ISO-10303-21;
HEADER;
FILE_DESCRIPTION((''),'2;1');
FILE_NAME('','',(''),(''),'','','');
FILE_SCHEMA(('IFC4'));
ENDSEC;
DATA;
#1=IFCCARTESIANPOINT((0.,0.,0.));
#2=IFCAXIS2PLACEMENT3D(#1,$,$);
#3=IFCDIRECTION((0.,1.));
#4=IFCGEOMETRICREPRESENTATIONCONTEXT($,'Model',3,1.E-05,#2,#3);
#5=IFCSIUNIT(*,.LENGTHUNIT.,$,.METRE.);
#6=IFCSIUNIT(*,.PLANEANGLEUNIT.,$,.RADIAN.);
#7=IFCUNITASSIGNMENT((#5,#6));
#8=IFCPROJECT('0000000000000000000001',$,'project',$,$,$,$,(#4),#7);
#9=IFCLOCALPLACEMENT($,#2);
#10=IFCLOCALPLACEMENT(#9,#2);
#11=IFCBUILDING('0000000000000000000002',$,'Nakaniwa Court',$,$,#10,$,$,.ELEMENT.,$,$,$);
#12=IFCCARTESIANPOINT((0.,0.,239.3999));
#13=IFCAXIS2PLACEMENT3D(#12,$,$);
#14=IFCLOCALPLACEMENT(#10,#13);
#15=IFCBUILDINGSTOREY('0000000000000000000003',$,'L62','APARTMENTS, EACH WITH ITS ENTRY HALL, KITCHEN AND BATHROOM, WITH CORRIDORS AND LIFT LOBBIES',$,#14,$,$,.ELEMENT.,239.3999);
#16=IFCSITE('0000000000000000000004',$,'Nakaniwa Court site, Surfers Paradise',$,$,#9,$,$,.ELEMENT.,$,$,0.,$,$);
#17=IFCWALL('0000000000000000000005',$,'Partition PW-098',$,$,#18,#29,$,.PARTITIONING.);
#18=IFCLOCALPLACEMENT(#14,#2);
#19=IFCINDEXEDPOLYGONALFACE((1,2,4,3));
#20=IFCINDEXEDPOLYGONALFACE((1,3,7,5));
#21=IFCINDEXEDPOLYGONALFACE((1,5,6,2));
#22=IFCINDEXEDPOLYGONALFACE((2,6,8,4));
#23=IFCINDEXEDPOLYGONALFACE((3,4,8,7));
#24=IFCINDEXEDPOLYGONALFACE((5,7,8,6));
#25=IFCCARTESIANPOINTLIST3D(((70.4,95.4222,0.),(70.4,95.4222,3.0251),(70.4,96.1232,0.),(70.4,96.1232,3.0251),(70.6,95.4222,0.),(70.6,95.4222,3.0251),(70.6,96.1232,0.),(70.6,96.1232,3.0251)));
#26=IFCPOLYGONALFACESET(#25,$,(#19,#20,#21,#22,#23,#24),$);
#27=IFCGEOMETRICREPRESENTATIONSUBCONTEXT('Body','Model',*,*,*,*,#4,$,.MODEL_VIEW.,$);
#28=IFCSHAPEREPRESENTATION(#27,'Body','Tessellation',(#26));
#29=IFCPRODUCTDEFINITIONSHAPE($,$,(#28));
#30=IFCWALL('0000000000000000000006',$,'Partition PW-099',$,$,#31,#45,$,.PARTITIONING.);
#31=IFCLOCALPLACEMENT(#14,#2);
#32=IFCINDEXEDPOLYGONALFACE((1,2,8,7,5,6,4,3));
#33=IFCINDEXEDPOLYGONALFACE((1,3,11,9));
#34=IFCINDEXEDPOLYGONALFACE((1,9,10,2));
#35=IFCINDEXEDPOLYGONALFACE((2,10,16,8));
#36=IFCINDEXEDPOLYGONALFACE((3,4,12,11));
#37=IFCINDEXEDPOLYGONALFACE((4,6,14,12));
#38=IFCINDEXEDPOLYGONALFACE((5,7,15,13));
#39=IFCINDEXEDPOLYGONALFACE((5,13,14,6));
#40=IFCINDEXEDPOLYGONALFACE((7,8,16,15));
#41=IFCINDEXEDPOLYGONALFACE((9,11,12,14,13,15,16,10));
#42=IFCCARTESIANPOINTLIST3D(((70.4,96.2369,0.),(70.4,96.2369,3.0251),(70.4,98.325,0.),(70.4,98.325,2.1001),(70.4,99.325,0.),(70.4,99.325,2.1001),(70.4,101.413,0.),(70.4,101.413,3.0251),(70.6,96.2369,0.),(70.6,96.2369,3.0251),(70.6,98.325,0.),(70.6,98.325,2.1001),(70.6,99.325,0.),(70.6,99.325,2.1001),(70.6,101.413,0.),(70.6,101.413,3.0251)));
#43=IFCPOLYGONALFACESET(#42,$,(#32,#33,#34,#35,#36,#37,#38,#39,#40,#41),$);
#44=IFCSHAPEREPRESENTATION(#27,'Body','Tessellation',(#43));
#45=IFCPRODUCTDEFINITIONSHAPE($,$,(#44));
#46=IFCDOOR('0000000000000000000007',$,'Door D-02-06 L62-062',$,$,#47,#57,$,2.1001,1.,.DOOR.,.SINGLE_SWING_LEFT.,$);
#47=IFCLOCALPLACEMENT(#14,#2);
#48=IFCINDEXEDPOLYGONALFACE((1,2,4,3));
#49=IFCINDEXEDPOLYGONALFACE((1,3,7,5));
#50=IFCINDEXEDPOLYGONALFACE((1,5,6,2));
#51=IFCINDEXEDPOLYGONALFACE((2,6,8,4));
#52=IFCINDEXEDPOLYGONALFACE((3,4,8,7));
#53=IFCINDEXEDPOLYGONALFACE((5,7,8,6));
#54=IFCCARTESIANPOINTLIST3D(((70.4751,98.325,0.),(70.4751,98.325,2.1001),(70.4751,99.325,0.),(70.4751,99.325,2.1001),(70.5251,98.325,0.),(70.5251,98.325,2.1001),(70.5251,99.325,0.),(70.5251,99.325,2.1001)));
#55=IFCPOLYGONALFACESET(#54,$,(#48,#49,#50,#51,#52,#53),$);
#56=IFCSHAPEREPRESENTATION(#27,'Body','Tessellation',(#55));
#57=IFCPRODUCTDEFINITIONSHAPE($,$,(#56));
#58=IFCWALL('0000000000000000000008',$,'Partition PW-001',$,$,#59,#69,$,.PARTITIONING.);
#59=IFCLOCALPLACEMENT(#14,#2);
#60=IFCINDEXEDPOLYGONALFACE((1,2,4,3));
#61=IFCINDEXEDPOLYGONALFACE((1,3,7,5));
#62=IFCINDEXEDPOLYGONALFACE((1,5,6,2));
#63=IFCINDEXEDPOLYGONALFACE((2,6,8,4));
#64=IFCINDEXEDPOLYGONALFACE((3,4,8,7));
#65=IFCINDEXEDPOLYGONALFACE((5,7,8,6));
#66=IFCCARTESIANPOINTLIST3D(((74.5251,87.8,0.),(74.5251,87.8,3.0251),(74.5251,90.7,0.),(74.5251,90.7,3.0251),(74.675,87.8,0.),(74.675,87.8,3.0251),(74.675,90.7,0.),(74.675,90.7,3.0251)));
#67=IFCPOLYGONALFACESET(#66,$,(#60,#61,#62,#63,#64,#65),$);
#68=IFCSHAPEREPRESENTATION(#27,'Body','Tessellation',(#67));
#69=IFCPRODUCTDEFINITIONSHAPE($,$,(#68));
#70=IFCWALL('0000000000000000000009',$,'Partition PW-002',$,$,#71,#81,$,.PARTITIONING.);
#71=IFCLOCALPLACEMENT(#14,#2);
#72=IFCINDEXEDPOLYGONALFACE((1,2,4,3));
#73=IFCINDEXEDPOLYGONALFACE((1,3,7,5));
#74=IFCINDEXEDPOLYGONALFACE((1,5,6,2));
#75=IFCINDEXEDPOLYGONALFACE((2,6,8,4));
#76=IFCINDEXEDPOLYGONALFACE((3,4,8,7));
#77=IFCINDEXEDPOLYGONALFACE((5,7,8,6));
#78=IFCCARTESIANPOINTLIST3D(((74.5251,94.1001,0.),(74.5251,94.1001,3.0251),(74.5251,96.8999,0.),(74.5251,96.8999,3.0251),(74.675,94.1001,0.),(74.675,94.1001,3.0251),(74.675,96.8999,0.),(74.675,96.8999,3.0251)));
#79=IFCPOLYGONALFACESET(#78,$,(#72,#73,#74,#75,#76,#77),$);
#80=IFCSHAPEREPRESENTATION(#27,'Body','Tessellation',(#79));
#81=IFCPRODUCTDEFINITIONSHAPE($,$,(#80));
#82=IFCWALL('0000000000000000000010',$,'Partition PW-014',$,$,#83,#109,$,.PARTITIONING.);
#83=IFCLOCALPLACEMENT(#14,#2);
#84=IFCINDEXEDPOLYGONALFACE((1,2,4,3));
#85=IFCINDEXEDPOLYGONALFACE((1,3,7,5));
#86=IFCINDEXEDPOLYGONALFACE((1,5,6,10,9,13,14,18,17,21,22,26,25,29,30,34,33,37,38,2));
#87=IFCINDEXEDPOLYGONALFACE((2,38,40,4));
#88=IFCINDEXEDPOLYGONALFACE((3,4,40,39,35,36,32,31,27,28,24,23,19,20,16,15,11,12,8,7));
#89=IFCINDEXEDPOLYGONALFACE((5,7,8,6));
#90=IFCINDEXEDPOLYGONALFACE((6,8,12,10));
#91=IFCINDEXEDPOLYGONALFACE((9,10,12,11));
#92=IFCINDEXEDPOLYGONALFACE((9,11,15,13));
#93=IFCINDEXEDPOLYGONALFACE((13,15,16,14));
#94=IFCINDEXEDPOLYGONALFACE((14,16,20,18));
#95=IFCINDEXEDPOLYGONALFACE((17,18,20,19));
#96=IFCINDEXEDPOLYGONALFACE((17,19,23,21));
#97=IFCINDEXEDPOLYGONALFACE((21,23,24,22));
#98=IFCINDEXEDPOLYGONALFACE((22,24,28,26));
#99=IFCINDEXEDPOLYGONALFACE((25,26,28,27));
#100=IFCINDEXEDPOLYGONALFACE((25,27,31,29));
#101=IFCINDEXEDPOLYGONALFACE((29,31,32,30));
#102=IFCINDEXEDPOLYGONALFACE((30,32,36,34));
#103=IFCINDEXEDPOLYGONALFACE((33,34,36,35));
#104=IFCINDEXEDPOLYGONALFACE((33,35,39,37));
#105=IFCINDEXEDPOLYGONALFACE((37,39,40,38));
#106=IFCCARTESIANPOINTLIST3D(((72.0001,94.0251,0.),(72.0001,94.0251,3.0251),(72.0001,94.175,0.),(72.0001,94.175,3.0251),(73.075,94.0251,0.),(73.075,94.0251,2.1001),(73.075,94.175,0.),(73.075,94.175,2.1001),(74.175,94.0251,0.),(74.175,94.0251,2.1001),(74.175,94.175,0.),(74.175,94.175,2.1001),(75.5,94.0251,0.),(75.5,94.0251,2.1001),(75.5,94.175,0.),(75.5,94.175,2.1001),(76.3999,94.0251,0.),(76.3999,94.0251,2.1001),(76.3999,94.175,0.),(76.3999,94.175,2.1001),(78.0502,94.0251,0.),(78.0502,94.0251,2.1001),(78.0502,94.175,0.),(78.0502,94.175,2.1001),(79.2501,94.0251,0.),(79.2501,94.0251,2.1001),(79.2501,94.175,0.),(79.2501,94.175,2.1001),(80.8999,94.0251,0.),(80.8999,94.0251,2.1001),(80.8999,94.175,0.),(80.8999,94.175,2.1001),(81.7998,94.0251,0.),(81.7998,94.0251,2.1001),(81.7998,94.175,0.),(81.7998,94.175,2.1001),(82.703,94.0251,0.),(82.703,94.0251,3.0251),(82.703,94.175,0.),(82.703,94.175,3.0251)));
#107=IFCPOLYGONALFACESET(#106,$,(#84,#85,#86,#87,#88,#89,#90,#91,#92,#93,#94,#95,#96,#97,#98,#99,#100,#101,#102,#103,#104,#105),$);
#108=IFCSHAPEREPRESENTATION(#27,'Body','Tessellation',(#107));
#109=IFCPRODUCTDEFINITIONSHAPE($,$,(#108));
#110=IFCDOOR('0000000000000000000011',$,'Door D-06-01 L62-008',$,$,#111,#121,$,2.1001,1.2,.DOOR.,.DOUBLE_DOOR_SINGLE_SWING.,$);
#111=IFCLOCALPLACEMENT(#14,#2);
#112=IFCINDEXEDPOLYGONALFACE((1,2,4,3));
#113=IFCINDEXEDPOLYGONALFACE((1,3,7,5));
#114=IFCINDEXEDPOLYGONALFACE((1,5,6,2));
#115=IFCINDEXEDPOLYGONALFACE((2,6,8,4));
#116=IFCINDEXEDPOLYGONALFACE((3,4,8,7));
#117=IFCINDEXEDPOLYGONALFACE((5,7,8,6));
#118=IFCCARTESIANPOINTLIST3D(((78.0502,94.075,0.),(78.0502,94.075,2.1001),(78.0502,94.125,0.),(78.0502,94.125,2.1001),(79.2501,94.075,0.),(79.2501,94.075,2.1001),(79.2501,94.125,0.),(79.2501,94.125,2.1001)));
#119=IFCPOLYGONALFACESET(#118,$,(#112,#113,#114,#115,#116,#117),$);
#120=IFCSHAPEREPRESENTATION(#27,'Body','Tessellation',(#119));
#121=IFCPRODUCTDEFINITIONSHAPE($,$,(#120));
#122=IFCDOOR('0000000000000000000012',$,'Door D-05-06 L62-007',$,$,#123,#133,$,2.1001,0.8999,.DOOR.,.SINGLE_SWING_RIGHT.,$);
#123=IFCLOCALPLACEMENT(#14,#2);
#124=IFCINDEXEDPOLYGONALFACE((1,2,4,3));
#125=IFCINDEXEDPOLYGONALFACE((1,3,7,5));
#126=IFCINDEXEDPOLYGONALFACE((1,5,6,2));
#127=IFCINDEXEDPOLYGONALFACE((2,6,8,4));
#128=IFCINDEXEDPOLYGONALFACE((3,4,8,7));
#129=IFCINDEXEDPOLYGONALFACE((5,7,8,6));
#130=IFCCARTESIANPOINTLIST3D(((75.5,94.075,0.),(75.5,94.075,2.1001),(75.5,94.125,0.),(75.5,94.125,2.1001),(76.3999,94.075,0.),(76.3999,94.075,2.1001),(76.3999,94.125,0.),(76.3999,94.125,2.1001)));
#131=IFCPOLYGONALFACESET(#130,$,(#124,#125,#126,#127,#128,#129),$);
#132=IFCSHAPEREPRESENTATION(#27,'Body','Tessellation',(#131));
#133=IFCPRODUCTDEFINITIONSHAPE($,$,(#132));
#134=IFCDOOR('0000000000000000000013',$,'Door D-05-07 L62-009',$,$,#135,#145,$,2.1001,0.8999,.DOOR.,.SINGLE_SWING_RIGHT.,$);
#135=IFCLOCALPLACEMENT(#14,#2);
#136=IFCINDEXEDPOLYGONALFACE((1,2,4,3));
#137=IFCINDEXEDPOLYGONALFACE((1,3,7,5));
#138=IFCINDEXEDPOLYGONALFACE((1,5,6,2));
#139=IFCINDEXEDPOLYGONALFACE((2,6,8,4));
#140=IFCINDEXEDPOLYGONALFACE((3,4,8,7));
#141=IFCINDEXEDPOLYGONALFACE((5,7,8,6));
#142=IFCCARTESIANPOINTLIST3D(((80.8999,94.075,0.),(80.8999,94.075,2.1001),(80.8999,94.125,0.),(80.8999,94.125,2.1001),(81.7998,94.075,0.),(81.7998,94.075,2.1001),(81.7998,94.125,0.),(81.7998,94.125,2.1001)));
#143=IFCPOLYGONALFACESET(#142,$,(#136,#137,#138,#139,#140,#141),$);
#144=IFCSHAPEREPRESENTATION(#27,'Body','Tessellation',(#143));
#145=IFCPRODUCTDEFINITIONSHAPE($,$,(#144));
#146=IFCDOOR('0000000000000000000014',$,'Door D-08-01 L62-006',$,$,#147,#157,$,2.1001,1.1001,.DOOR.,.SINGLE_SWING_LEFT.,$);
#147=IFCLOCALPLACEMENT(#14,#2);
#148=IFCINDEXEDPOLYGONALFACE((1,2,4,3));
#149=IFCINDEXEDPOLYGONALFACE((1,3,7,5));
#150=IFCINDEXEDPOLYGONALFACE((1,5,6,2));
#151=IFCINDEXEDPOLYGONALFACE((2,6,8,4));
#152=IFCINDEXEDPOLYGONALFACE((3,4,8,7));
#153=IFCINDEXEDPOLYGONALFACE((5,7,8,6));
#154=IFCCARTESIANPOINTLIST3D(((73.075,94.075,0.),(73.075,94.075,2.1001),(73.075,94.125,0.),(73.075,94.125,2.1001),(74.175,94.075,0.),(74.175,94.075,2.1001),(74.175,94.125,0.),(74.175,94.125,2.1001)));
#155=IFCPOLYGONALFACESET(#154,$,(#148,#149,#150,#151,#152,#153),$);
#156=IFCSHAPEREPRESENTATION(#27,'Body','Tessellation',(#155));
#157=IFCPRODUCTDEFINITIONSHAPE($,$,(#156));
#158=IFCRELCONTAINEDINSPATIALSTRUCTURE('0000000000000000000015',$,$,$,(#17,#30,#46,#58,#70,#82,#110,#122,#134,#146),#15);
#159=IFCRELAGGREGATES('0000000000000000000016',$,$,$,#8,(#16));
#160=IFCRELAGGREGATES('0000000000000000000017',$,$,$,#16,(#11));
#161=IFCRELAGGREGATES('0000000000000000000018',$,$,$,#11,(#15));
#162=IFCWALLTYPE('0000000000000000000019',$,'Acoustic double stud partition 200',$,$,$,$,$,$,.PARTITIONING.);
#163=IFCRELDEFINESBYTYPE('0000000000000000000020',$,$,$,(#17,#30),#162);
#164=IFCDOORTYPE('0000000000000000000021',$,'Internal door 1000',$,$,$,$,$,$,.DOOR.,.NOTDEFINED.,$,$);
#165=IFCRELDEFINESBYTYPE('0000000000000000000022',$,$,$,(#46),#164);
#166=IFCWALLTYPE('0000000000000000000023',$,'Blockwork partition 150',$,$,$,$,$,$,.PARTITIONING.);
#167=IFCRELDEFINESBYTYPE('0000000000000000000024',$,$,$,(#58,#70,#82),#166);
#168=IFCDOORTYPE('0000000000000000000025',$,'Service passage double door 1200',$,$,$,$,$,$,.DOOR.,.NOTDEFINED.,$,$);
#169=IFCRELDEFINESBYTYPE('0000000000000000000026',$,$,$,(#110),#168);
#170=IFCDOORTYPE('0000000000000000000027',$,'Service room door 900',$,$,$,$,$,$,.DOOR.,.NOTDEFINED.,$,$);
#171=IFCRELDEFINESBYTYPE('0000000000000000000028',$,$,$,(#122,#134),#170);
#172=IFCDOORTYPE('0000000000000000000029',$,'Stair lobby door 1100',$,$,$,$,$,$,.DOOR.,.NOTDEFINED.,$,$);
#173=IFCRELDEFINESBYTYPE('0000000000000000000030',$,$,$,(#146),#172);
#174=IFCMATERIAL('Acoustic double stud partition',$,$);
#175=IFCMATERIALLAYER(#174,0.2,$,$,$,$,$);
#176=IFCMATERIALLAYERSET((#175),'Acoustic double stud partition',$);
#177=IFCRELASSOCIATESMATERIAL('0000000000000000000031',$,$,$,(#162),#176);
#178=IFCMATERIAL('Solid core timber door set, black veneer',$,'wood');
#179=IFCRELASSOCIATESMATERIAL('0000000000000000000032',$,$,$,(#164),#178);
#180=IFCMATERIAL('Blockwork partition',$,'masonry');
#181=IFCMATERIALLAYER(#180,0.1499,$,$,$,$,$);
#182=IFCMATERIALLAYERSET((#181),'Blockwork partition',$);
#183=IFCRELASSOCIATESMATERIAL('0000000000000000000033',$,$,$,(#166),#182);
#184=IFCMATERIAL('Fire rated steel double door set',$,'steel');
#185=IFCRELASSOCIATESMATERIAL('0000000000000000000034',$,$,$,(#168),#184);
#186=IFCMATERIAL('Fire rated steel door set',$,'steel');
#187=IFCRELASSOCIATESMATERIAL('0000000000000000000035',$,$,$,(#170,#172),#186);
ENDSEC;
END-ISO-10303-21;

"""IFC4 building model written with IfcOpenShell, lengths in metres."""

from ifc_helpers import new_model, si_unit, direction, frame, frame_2d, origin, place, context, subcontext, project, spatial, rectangle, extrude, material, layer, layer_set, type_object, element, fill, save


model = new_model("IFC4")

# Units and contexts
model_context = context("Model", 3, precision=1e-05, world=origin(), true_north=direction((0.0, 1.0)))
body_context = subcontext(model_context, "Body", "Model", "MODEL_VIEW")
ifc_project = project(units=[si_unit("LENGTHUNIT", "METRE"), si_unit("PLANEANGLEUNIT", "RADIAN")], contexts=[model_context])

# Site, building, storey
site_placement = place(None, origin())
site = spatial("IfcSite", under=ifc_project, at=site_placement, Name="Nakaniwa Court site, Surfers Paradise", CompositionType="ELEMENT", RefElevation=0.0)
building_placement = place(site_placement, origin())
building = spatial("IfcBuilding", under=site, at=building_placement, Name="Nakaniwa Court", CompositionType="ELEMENT")
storey_placement = place(building_placement, frame((0.0, 0.0, 239.3999)))
storey = spatial("IfcBuildingStorey", under=building, at=storey_placement, Name="L62", Description="APARTMENTS, EACH WITH ITS ENTRY HALL, KITCHEN AND BATHROOM, WITH CORRIDORS AND LIFT LOBBIES", CompositionType="ELEMENT", Elevation=239.3999)

# Shared definitions
ifc_material_1 = material(Name="Acoustic double stud partition")
ifc_layer_1 = layer(ifc_material_1, 0.2)
ifc_layer_set_1 = layer_set([ifc_layer_1], Name="Acoustic double stud partition")
wall_type_1 = type_object("IfcWallType", Name="Acoustic double stud partition 200", PredefinedType="PARTITIONING", material=ifc_layer_set_1)
ifc_material_2 = material(Name="Solid core timber door set, black veneer", Category="wood")

# Wall
wall_1_placement = place(storey_placement, frame((70.5, 95.4221, 0.0), z_axis=(0.0, 0.0, 1.0), x_axis=(0.0, 1.0, 0.0)))
element("IfcWall", 1, at=wall_1_placement, inside=storey, type_object=wall_type_1, Name="Partition PW-098", PredefinedType="PARTITIONING", context=body_context, shape_type="SweptSolid", body=[
    extrude(rectangle(XDim=0.7009, YDim=0.2, at=frame_2d((0.3506, 0.0))), origin(), (0.0, 0.0, 1.0), 3.0251),
])

# Wall, opening, door
wall_2_placement = place(storey_placement, frame((70.5, 96.2371, 0.0), z_axis=(0.0, 0.0, 1.0), x_axis=(0.0, 1.0, 0.0)))
wall_2 = element("IfcWall", 2, at=wall_2_placement, inside=storey, type_object=wall_type_1, Name="Partition PW-099", PredefinedType="PARTITIONING", context=body_context, shape_type="SweptSolid", body=[
    extrude(rectangle(XDim=5.176, YDim=0.2, at=frame_2d((2.5879, 0.0))), origin(), (0.0, 0.0, 1.0), 3.0251),
])
opening_1_placement = place(wall_2_placement, frame((2.0879, 0.0, 0.0)))
opening_1 = element("IfcOpeningElement", 3, at=opening_1_placement, cuts=wall_2, PredefinedType="OPENING", context=body_context, shape_type="SweptSolid", body=[
    extrude(rectangle(XDim=1.0, YDim=2.1001, at=frame_2d((0.5, 1.05))), frame((0.0, 0.1099, 0.0), z_axis=(0.0, -1.0, 0.0), x_axis=(1.0, 0.0, 0.0)), (0.0, 0.0, 1.0), 0.22),
])
door_type_1 = type_object("IfcDoorType", Name="Internal door 1000", OperationType="NOTDEFINED", PredefinedType="DOOR", material=ifc_material_2)
door_1_placement = place(opening_1_placement, origin())
door_1 = element("IfcDoor", 4, at=door_1_placement, inside=storey, type_object=door_type_1, Name="Door D-02-06 L62-062", OperationType="SINGLE_SWING_LEFT", OverallHeight=2.1001, OverallWidth=1.0, PredefinedType="DOOR", context=body_context, shape_type="SweptSolid", body=[
    extrude(rectangle(XDim=1.0, YDim=2.1001, at=frame_2d((0.5, 1.05))), frame((0.0, 0.0249, 0.0), z_axis=(0.0, -1.0, 0.0), x_axis=(1.0, 0.0, 0.0)), (0.0, 0.0, 1.0), 0.05),
])
fill(opening_1, door_1)

# Walls
ifc_material_3 = material(Name="Blockwork partition", Category="masonry")
ifc_layer_2 = layer(ifc_material_3, 0.1499)
ifc_layer_set_2 = layer_set([ifc_layer_2], Name="Blockwork partition")
wall_type_2 = type_object("IfcWallType", Name="Blockwork partition 150", PredefinedType="PARTITIONING", material=ifc_layer_set_2)
wall_3_placement = place(storey_placement, frame((74.6001, 87.8, 0.0), z_axis=(0.0, 0.0, 1.0), x_axis=(0.0, 1.0, 0.0)))
element("IfcWall", 5, at=wall_3_placement, inside=storey, type_object=wall_type_2, Name="Partition PW-001", PredefinedType="PARTITIONING", context=body_context, shape_type="SweptSolid", body=[
    extrude(rectangle(XDim=2.8999, YDim=0.1499, at=frame_2d((1.45, 0.0))), origin(), (0.0, 0.0, 1.0), 3.0251),
])
wall_4_placement = place(storey_placement, frame((74.6001, 94.1001, 0.0), z_axis=(0.0, 0.0, 1.0), x_axis=(0.0, 1.0, 0.0)))
element("IfcWall", 6, at=wall_4_placement, inside=storey, type_object=wall_type_2, Name="Partition PW-002", PredefinedType="PARTITIONING", context=body_context, shape_type="SweptSolid", body=[
    extrude(rectangle(XDim=2.7998, YDim=0.1499, at=frame_2d((1.3999, 0.0))), origin(), (0.0, 0.0, 1.0), 3.0251),
])

# Wall, openings, doors
wall_5_placement = place(storey_placement, frame((72.0, 94.1001, 0.0), z_axis=(0.0, 0.0, 1.0), x_axis=(1.0, 0.0, 0.0)))
wall_5 = element("IfcWall", 7, at=wall_5_placement, inside=storey, type_object=wall_type_2, Name="Partition PW-014", PredefinedType="PARTITIONING", context=body_context, shape_type="SweptSolid", body=[
    extrude(rectangle(XDim=10.7029, YDim=0.1499, at=frame_2d((5.3516, 0.0))), origin(), (0.0, 0.0, 1.0), 3.0251),
])
opening_2_placement = place(wall_5_placement, frame((1.075, 0.0, 0.0)))
opening_2 = element("IfcOpeningElement", 8, at=opening_2_placement, cuts=wall_5, PredefinedType="OPENING", context=body_context, shape_type="SweptSolid", body=[
    extrude(rectangle(XDim=1.1001, YDim=2.1001, at=frame_2d((0.55, 1.05))), frame((0.0, 0.085, 0.0), z_axis=(0.0, -1.0, 0.0), x_axis=(1.0, 0.0, 0.0)), (0.0, 0.0, 1.0), 0.1699),
])
opening_3_placement = place(wall_5_placement, frame((3.5, 0.0, 0.0)))
opening_3 = element("IfcOpeningElement", 9, at=opening_3_placement, cuts=wall_5, PredefinedType="OPENING", context=body_context, shape_type="SweptSolid", body=[
    extrude(rectangle(XDim=0.8999, YDim=2.1001, at=frame_2d((0.45, 1.05))), frame((0.0, 0.085, 0.0), z_axis=(0.0, -1.0, 0.0), x_axis=(1.0, 0.0, 0.0)), (0.0, 0.0, 1.0), 0.1699),
])
opening_4_placement = place(wall_5_placement, frame((6.05, 0.0, 0.0)))
opening_4 = element("IfcOpeningElement", 10, at=opening_4_placement, cuts=wall_5, PredefinedType="OPENING", context=body_context, shape_type="SweptSolid", body=[
    extrude(rectangle(XDim=1.2, YDim=2.1001, at=frame_2d((0.6001, 1.05))), frame((0.0, 0.085, 0.0), z_axis=(0.0, -1.0, 0.0), x_axis=(1.0, 0.0, 0.0)), (0.0, 0.0, 1.0), 0.1699),
])
opening_5_placement = place(wall_5_placement, frame((8.8999, 0.0, 0.0)))
opening_5 = element("IfcOpeningElement", 11, at=opening_5_placement, cuts=wall_5, PredefinedType="OPENING", context=body_context, shape_type="SweptSolid", body=[
    extrude(rectangle(XDim=0.8999, YDim=2.1001, at=frame_2d((0.45, 1.05))), frame((0.0, 0.085, 0.0), z_axis=(0.0, -1.0, 0.0), x_axis=(1.0, 0.0, 0.0)), (0.0, 0.0, 1.0), 0.1699),
])
ifc_material_4 = material(Name="Fire rated steel double door set", Category="steel")
door_type_2 = type_object("IfcDoorType", Name="Service passage double door 1200", OperationType="NOTDEFINED", PredefinedType="DOOR", material=ifc_material_4)
door_2_placement = place(opening_4_placement, origin())
door_2 = element("IfcDoor", 12, at=door_2_placement, inside=storey, type_object=door_type_2, Name="Door D-06-01 L62-008", OperationType="DOUBLE_DOOR_SINGLE_SWING", OverallHeight=2.1001, OverallWidth=1.2, PredefinedType="DOOR", context=body_context, shape_type="SweptSolid", body=[
    extrude(rectangle(XDim=1.2, YDim=2.1001, at=frame_2d((0.6001, 1.05))), frame((0.0, 0.0249, 0.0), z_axis=(0.0, -1.0, 0.0), x_axis=(1.0, 0.0, 0.0)), (0.0, 0.0, 1.0), 0.05),
])
fill(opening_4, door_2)
ifc_material_5 = material(Name="Fire rated steel door set", Category="steel")
door_type_3 = type_object("IfcDoorType", Name="Service room door 900", OperationType="NOTDEFINED", PredefinedType="DOOR", material=ifc_material_5)
door_3_placement = place(opening_3_placement, origin())
door_3 = element("IfcDoor", 13, at=door_3_placement, inside=storey, type_object=door_type_3, Name="Door D-05-06 L62-007", OperationType="SINGLE_SWING_RIGHT", OverallHeight=2.1001, OverallWidth=0.8999, PredefinedType="DOOR", context=body_context, shape_type="SweptSolid", body=[
    extrude(rectangle(XDim=0.8999, YDim=2.1001, at=frame_2d((0.45, 1.05))), frame((0.0, 0.0249, 0.0), z_axis=(0.0, -1.0, 0.0), x_axis=(1.0, 0.0, 0.0)), (0.0, 0.0, 1.0), 0.05),
])
fill(opening_3, door_3)
door_4_placement = place(opening_5_placement, origin())
door_4 = element("IfcDoor", 14, at=door_4_placement, inside=storey, type_object=door_type_3, Name="Door D-05-07 L62-009", OperationType="SINGLE_SWING_RIGHT", OverallHeight=2.1001, OverallWidth=0.8999, PredefinedType="DOOR", context=body_context, shape_type="SweptSolid", body=[
    extrude(rectangle(XDim=0.8999, YDim=2.1001, at=frame_2d((0.45, 1.05))), frame((0.0, 0.0249, 0.0), z_axis=(0.0, -1.0, 0.0), x_axis=(1.0, 0.0, 0.0)), (0.0, 0.0, 1.0), 0.05),
])
fill(opening_5, door_4)
door_type_4 = type_object("IfcDoorType", Name="Stair lobby door 1100", OperationType="NOTDEFINED", PredefinedType="DOOR", material=ifc_material_5)
door_5_placement = place(opening_2_placement, origin())
door_5 = element("IfcDoor", 15, at=door_5_placement, inside=storey, type_object=door_type_4, Name="Door D-08-01 L62-006", OperationType="SINGLE_SWING_LEFT", OverallHeight=2.1001, OverallWidth=1.1001, PredefinedType="DOOR", context=body_context, shape_type="SweptSolid", body=[
    extrude(rectangle(XDim=1.1001, YDim=2.1001, at=frame_2d((0.55, 1.05))), frame((0.0, 0.0249, 0.0), z_axis=(0.0, -1.0, 0.0), x_axis=(1.0, 0.0, 0.0)), (0.0, 0.0, 1.0), 0.05),
])
fill(opening_2, door_5)

save(model, "model.ifc")
